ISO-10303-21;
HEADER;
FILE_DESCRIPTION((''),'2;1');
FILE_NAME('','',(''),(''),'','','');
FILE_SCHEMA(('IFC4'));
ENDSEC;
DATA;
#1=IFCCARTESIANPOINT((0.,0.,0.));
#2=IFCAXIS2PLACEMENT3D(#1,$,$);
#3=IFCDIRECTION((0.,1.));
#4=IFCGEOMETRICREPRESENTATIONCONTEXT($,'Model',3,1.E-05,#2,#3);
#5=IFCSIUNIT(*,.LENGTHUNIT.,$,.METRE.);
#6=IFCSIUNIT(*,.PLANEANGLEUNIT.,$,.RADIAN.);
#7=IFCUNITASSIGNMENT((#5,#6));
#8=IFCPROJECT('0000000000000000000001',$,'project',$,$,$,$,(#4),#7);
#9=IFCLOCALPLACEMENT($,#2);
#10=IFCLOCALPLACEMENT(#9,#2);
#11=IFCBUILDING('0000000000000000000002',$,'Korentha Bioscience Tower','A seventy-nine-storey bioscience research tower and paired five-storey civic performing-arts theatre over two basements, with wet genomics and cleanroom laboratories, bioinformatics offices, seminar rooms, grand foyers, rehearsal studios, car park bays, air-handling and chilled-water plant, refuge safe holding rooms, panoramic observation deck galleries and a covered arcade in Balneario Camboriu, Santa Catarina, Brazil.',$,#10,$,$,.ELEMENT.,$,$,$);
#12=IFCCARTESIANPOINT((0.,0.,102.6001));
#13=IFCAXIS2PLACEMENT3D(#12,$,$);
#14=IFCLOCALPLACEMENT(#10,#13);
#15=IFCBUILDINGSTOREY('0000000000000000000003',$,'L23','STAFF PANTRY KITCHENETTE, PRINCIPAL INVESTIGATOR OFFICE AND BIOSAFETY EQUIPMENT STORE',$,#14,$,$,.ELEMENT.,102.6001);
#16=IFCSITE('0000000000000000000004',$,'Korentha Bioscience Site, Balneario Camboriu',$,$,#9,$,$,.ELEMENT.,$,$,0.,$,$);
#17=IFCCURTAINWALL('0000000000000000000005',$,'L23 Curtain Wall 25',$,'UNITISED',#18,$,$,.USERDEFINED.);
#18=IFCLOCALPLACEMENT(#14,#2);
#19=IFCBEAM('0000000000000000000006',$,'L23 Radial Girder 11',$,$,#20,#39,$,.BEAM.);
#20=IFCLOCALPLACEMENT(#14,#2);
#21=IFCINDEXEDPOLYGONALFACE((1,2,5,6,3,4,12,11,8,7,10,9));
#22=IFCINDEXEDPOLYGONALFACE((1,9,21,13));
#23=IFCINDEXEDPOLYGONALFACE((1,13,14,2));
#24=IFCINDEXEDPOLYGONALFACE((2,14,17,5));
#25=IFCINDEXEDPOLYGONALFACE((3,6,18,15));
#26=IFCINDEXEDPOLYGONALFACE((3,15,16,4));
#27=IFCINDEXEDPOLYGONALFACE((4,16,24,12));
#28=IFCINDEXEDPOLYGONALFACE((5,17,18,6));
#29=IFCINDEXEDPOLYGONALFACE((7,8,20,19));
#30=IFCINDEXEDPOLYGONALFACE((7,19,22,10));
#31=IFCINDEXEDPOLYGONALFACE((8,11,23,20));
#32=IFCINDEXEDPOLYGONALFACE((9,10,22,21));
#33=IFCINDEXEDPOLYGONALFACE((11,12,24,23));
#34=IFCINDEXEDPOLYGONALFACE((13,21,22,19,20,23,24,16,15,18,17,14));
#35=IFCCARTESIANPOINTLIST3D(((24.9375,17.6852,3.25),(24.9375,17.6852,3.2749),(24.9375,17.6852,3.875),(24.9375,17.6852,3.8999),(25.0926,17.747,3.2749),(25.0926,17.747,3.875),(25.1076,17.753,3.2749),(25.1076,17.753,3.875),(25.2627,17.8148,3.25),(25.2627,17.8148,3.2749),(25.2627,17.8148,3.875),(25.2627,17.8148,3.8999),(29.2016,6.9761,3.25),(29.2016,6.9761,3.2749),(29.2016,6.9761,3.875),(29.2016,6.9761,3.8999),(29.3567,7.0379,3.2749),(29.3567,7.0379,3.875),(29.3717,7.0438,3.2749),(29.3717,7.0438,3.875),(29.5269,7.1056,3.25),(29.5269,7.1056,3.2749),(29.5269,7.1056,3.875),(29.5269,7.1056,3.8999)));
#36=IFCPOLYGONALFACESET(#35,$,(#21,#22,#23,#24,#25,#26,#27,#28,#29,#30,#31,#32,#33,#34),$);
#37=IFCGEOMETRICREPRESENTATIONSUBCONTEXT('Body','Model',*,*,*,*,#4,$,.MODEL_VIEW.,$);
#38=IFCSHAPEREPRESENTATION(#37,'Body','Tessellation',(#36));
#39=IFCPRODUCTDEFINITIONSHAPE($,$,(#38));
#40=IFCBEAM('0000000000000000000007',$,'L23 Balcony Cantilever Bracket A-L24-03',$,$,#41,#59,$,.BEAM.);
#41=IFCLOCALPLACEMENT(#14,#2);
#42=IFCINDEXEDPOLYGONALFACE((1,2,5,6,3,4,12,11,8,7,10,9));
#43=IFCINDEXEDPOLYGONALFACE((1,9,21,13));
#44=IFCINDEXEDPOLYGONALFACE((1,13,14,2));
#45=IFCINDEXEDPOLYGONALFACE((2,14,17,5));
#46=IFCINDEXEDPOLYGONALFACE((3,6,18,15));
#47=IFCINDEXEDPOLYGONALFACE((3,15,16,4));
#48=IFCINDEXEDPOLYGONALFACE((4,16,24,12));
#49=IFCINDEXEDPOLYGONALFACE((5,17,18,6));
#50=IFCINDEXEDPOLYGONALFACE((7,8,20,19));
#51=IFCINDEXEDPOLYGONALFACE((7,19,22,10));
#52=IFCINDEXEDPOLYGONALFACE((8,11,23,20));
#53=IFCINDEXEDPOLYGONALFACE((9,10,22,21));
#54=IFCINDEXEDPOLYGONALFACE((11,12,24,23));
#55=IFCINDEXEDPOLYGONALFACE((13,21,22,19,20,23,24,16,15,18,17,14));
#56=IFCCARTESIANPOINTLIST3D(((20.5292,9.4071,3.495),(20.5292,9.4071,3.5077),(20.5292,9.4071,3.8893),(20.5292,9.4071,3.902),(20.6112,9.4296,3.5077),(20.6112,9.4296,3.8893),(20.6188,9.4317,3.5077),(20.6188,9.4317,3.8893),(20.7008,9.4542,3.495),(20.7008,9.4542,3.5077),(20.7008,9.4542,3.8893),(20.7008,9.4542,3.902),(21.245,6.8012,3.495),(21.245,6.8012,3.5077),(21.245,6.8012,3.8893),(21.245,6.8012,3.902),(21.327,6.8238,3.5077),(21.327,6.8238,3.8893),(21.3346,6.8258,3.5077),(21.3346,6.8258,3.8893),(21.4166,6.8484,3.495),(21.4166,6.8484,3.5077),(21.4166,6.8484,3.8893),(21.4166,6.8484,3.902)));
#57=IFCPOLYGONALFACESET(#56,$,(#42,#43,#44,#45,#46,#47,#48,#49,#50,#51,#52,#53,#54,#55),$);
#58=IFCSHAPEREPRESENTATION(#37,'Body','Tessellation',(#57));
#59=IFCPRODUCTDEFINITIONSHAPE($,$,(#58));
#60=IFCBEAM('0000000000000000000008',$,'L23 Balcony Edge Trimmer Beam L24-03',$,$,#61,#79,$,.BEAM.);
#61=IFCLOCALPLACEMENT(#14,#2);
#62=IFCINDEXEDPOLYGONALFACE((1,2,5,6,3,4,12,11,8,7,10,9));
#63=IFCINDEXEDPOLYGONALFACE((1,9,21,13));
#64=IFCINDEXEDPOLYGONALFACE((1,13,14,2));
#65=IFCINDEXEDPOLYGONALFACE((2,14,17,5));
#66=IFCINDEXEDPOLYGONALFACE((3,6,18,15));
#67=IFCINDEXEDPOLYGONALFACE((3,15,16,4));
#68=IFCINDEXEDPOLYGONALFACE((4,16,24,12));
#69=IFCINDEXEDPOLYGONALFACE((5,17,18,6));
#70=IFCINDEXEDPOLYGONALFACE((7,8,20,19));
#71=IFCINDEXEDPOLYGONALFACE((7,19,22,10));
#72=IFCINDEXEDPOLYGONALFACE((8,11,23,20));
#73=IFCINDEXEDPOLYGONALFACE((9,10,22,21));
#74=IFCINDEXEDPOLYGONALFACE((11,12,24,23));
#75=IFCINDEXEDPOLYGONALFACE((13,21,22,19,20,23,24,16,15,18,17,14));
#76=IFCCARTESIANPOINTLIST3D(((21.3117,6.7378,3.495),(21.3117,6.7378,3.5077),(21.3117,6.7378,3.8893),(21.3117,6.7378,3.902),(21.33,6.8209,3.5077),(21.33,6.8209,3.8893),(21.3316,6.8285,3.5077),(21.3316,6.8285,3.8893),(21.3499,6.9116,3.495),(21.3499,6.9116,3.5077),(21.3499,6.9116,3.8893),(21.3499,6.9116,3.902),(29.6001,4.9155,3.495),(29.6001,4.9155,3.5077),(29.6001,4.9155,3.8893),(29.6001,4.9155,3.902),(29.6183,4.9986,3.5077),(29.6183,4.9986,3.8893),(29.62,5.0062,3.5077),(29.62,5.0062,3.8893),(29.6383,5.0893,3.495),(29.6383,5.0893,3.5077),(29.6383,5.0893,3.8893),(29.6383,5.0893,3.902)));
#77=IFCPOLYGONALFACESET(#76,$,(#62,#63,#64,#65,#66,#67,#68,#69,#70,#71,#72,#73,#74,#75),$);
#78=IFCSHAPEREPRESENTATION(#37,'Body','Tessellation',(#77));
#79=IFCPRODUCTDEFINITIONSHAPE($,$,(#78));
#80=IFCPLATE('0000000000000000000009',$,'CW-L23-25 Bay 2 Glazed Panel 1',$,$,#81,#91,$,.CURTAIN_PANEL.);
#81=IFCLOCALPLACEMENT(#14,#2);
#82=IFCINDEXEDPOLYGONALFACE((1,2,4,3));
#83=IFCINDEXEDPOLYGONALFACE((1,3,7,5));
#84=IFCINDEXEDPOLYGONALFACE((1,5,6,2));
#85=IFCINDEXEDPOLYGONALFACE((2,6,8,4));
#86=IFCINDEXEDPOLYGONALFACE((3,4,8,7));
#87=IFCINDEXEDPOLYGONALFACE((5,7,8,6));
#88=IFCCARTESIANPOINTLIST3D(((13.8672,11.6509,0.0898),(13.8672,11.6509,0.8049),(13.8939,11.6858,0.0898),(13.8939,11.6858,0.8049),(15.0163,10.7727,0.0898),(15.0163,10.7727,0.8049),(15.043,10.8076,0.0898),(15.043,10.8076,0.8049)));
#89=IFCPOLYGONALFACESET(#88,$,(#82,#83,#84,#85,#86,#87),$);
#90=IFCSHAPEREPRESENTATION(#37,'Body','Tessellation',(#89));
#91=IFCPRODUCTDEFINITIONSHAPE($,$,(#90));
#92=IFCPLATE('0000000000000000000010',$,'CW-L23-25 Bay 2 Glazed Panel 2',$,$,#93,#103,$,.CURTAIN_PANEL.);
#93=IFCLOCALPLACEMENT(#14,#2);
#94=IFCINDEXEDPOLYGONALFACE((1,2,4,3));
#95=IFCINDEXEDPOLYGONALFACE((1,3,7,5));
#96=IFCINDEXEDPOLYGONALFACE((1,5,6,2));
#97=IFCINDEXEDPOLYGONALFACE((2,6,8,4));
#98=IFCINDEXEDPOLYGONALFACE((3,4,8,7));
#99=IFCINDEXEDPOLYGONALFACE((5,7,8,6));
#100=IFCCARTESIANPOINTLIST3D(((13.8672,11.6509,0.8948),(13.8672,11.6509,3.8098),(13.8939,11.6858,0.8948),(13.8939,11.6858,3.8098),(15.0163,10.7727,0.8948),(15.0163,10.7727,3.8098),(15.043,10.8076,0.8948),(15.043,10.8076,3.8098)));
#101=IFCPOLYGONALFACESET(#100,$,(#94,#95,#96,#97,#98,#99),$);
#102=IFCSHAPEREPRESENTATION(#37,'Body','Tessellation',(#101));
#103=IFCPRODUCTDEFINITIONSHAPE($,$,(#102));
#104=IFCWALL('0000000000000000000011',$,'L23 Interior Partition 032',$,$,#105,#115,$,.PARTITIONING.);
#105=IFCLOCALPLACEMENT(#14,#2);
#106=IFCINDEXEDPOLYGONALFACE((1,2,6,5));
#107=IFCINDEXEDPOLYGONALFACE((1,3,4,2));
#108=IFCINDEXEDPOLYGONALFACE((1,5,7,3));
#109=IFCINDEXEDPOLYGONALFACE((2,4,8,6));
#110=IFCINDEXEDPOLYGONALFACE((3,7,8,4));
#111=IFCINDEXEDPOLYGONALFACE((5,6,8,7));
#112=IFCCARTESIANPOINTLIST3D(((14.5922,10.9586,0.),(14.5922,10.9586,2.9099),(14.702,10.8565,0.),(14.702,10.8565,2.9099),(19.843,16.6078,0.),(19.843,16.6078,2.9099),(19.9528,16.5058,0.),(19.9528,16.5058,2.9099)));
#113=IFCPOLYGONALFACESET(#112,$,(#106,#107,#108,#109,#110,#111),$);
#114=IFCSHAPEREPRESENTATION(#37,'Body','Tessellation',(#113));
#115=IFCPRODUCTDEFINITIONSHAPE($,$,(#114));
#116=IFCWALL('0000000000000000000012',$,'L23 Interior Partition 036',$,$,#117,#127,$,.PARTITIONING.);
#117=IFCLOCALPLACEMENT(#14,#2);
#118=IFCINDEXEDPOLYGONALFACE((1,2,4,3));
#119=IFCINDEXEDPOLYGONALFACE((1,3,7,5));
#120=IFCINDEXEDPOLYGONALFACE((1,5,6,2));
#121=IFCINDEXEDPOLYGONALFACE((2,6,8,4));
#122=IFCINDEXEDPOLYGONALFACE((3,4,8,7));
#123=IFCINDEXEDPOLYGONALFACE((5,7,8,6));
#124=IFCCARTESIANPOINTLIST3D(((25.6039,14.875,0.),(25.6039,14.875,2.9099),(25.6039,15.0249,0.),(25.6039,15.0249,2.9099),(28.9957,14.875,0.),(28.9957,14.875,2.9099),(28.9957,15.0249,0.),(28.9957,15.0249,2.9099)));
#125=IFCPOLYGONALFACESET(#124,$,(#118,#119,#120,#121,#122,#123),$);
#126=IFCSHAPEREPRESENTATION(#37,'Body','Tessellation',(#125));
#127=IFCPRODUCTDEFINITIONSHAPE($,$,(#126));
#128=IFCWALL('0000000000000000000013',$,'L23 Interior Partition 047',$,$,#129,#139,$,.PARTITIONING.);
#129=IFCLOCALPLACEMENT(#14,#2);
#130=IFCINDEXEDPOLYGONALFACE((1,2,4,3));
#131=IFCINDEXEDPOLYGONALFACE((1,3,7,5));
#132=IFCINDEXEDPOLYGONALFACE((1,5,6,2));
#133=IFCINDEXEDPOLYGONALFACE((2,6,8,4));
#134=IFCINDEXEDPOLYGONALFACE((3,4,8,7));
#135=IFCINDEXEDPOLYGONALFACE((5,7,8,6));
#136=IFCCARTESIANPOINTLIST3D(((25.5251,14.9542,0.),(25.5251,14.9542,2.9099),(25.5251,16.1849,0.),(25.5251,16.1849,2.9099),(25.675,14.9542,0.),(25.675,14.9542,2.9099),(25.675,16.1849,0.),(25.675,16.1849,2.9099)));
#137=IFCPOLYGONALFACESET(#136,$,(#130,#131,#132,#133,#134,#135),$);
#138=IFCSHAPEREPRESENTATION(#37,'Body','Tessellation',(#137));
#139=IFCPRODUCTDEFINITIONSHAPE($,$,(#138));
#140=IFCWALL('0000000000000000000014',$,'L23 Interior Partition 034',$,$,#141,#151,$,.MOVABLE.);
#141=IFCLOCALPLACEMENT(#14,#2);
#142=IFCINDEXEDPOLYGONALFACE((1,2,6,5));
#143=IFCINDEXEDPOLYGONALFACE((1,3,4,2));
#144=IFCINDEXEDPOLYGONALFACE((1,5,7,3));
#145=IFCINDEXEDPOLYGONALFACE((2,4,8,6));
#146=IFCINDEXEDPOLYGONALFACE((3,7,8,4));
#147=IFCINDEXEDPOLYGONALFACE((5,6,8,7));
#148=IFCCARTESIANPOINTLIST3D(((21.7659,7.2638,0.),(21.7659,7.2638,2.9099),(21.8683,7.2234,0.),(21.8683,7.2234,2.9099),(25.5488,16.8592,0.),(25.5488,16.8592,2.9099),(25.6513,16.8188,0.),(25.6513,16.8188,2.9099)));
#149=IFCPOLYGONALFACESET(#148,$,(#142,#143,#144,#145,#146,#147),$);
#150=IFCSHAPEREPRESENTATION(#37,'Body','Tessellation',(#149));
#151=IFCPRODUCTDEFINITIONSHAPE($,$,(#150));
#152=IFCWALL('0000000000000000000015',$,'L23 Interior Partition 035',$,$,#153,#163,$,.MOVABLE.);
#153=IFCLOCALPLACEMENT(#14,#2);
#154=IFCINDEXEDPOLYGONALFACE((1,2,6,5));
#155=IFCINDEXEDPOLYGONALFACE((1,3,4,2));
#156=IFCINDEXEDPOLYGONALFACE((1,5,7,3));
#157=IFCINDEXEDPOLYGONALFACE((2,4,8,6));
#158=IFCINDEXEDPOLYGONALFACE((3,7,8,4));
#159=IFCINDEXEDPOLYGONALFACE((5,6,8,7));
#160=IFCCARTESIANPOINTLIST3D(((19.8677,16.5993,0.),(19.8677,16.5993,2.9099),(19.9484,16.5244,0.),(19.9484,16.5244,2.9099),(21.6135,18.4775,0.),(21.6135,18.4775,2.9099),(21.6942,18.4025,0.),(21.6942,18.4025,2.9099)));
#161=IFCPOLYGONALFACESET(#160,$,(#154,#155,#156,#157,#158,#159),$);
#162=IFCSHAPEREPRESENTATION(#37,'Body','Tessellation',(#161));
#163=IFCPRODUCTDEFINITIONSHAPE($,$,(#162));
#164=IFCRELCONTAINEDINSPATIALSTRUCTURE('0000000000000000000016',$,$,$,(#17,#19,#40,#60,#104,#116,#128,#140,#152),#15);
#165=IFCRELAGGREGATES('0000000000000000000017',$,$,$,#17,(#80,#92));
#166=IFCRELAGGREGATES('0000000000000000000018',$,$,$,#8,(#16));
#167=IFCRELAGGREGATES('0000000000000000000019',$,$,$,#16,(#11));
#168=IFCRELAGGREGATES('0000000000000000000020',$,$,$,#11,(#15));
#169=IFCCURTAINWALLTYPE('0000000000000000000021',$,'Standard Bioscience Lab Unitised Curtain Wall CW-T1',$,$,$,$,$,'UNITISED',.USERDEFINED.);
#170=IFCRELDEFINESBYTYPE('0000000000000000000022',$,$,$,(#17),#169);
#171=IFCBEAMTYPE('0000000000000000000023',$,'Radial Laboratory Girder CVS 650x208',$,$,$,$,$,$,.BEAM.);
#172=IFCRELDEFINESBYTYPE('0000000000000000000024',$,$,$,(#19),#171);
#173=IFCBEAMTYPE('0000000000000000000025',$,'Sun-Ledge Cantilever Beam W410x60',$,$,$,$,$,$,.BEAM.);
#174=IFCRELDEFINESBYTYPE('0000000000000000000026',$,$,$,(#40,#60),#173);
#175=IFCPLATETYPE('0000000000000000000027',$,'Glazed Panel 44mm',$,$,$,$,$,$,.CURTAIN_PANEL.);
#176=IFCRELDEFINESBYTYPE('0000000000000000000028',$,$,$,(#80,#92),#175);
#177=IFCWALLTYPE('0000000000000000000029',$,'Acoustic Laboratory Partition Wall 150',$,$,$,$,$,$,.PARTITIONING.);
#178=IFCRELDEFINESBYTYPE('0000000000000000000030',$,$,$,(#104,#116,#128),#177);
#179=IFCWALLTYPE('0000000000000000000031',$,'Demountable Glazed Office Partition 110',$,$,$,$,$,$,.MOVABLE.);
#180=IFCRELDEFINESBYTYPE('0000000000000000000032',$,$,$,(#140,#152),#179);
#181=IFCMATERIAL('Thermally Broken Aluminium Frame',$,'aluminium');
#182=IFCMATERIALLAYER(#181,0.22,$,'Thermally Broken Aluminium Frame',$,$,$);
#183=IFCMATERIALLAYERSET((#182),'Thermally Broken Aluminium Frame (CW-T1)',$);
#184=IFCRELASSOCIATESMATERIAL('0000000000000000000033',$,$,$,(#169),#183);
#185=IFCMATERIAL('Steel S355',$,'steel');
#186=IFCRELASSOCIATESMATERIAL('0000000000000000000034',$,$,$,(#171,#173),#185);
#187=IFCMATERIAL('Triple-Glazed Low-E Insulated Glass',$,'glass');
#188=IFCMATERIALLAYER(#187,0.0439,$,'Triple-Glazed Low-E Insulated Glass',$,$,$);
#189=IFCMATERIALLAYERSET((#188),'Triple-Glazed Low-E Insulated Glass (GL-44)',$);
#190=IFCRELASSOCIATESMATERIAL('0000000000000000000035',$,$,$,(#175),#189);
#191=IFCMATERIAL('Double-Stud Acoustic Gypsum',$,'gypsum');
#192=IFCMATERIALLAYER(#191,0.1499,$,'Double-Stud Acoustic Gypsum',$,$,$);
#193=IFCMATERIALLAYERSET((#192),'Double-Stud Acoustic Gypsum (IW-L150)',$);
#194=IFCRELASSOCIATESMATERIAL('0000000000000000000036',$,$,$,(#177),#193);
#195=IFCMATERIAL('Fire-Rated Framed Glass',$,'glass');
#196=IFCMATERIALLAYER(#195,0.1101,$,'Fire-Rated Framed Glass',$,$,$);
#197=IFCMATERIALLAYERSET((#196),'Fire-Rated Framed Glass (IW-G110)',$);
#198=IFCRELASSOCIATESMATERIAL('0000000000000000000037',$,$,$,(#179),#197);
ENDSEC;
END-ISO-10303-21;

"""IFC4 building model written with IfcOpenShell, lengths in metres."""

from ifc_helpers import new_model, si_unit, direction, frame, frame_2d, origin, origin_2d, place, context, subcontext, project, spatial, rectangle, i_section, extrude, material, layer, layer_set, material_profile, profile_set, type_object, element, aggregate, save


model = new_model("IFC4")

# Units and contexts
model_context = context("Model", 3, precision=1e-05, world=origin(), true_north=direction((0.0, 1.0)))
body_context = subcontext(model_context, "Body", "Model", "MODEL_VIEW")
ifc_project = project(units=[si_unit("LENGTHUNIT", "METRE"), si_unit("PLANEANGLEUNIT", "RADIAN")], contexts=[model_context])

# Site, building, storey
site_placement = place(None, origin())
site = spatial("IfcSite", under=ifc_project, at=site_placement, Name="Korentha Bioscience Site, Balneario Camboriu", CompositionType="ELEMENT", RefElevation=0.0)
building_placement = place(site_placement, origin())
building = spatial("IfcBuilding", under=site, at=building_placement, Name="Korentha Bioscience Tower", Description="A seventy-nine-storey bioscience research tower and paired five-storey civic performing-arts theatre over two basements, with wet genomics and cleanroom laboratories, bioinformatics offices, seminar rooms, grand foyers, rehearsal studios, car park bays, air-handling and chilled-water plant, refuge safe holding rooms, panoramic observation deck galleries and a covered arcade in Balneario Camboriu, Santa Catarina, Brazil.", CompositionType="ELEMENT")
storey_placement = place(building_placement, frame((0.0, 0.0, 102.6001)))
storey = spatial("IfcBuildingStorey", under=building, at=storey_placement, Name="L23", Description="STAFF PANTRY KITCHENETTE, PRINCIPAL INVESTIGATOR OFFICE AND BIOSAFETY EQUIPMENT STORE", CompositionType="ELEMENT", Elevation=102.6001)

# Curtain wall
ifc_material_1 = material(Name="Thermally Broken Aluminium Frame", Category="aluminium")
ifc_layer_1 = layer(ifc_material_1, 0.22, Name="Thermally Broken Aluminium Frame")
ifc_layer_set_1 = layer_set([ifc_layer_1], Name="Thermally Broken Aluminium Frame (CW-T1)")
curtain_wall_type = type_object("IfcCurtainWallType", Name="Standard Bioscience Lab Unitised Curtain Wall CW-T1", ElementType="UNITISED", PredefinedType="USERDEFINED", material=ifc_layer_set_1)
curtain_wall_placement = place(storey_placement, origin())
curtain_wall = element("IfcCurtainWall", 1, at=curtain_wall_placement, inside=storey, type_object=curtain_wall_type, Name="L23 Curtain Wall 25", ObjectType="UNITISED", PredefinedType="USERDEFINED")

# Beams
ifc_material_2 = material(Name="Steel S355", Category="steel")
ifc_material_profile_1 = material_profile(ifc_material_2, i_section(OverallWidth=0.3501, OverallDepth=0.6499, WebThickness=0.0161, FlangeThickness=0.0249, at=origin_2d()), Name="Steel S355")
ifc_profile_set_1 = profile_set([ifc_material_profile_1], Name="Steel S355 (RB-650)")
beam_type_1 = type_object("IfcBeamType", Name="Radial Laboratory Girder CVS 650x208", PredefinedType="BEAM", material=ifc_profile_set_1)
beam_1_placement = place(storey_placement, frame((25.1001, 17.75, 3.575), z_axis=(0.36993, -0.92906, 0.0), x_axis=(0.92906, 0.36993, 0.0)))
element("IfcBeam", 2, at=beam_1_placement, inside=storey, type_object=beam_type_1, Name="L23 Radial Girder 11", PredefinedType="BEAM", context=body_context, shape_type="SweptSolid", body=[
    extrude(i_section(OverallWidth=0.3501, OverallDepth=0.6499, WebThickness=0.0161, FlangeThickness=0.0249, at=origin_2d()), origin(), (0.0, 0.0, 1.0), 11.5269),
])
ifc_material_profile_2 = material_profile(ifc_material_2, i_section(OverallWidth=0.178, OverallDepth=0.407, WebThickness=0.0078, FlangeThickness=0.0127, at=origin_2d()), Name="Steel S355")
ifc_profile_set_2 = profile_set([ifc_material_profile_2], Name="Steel S355 (CB-410)")
beam_type_2 = type_object("IfcBeamType", Name="Sun-Ledge Cantilever Beam W410x60", PredefinedType="BEAM", material=ifc_profile_set_2)
beam_2_placement = place(storey_placement, frame((20.615, 9.4307, 3.6985), z_axis=(0.264875, -0.964283, 0.0), x_axis=(0.964283, 0.264875, 0.0)))
element("IfcBeam", 3, at=beam_2_placement, inside=storey, type_object=beam_type_2, Name="L23 Balcony Cantilever Bracket A-L24-03", PredefinedType="BEAM", context=body_context, shape_type="SweptSolid", body=[
    extrude(i_section(OverallWidth=0.178, OverallDepth=0.407, WebThickness=0.0078, FlangeThickness=0.0127, at=origin_2d()), origin(), (0.0, 0.0, 1.0), 2.7024),
])
beam_3_placement = place(storey_placement, frame((21.3308, 6.8247, 3.6985), z_axis=(0.976673, -0.214731, 0.0), x_axis=(0.214731, 0.976673, 0.0)))
element("IfcBeam", 4, at=beam_3_placement, inside=storey, type_object=beam_type_2, Name="L23 Balcony Edge Trimmer Beam L24-03", PredefinedType="BEAM", context=body_context, shape_type="SweptSolid", body=[
    extrude(i_section(OverallWidth=0.178, OverallDepth=0.407, WebThickness=0.0078, FlangeThickness=0.0127, at=origin_2d()), origin(), (0.0, 0.0, 1.0), 8.4863),
])

# Plates
ifc_material_3 = material(Name="Triple-Glazed Low-E Insulated Glass", Category="glass")
ifc_layer_2 = layer(ifc_material_3, 0.0439, Name="Triple-Glazed Low-E Insulated Glass")
ifc_layer_set_2 = layer_set([ifc_layer_2], Name="Triple-Glazed Low-E Insulated Glass (GL-44)")
plate_type = type_object("IfcPlateType", Name="Glazed Panel 44mm", PredefinedType="CURTAIN_PANEL", material=ifc_layer_set_2)
plate_1_placement = place(storey_placement, frame((14.4551, 11.2292, 0.0898), z_axis=(0.0, 0.0, 1.0), x_axis=(0.7945, -0.607265, 0.0)))
plate_1 = element("IfcPlate", 5, at=plate_1_placement, type_object=plate_type, Name="CW-L23-25 Bay 2 Glazed Panel 1", PredefinedType="CURTAIN_PANEL", context=body_context, shape_type="SweptSolid", body=[
    extrude(rectangle(XDim=1.4463, YDim=0.0439, at=origin_2d()), origin(), (0.0, 0.0, 1.0), 0.7151),
])
plate_2_placement = place(storey_placement, frame((14.4551, 11.2292, 0.8948), z_axis=(0.0, 0.0, 1.0), x_axis=(0.7945, -0.607265, 0.0)))
plate_2 = element("IfcPlate", 6, at=plate_2_placement, type_object=plate_type, Name="CW-L23-25 Bay 2 Glazed Panel 2", PredefinedType="CURTAIN_PANEL", context=body_context, shape_type="SweptSolid", body=[
    extrude(rectangle(XDim=1.4463, YDim=0.0439, at=origin_2d()), origin(), (0.0, 0.0, 1.0), 2.915),
])
aggregate(curtain_wall, [plate_1, plate_2])

# Walls
ifc_material_4 = material(Name="Double-Stud Acoustic Gypsum", Category="gypsum")
ifc_layer_3 = layer(ifc_material_4, 0.1499, Name="Double-Stud Acoustic Gypsum")
ifc_layer_set_3 = layer_set([ifc_layer_3], Name="Double-Stud Acoustic Gypsum (IW-L150)")
wall_type_1 = type_object("IfcWallType", Name="Acoustic Laboratory Partition Wall 150", PredefinedType="PARTITIONING", material=ifc_layer_set_3)
wall_1_placement = place(storey_placement, frame((19.8979, 16.5569, 0.0), z_axis=(0.0, 0.0, 1.0), x_axis=(-0.680804, -0.732465, 0.0)))
element("IfcWall", 7, at=wall_1_placement, inside=storey, type_object=wall_type_1, Name="L23 Interior Partition 032", PredefinedType="PARTITIONING", context=body_context, shape_type="SweptSolid", body=[
    extrude(rectangle(XDim=7.7126, YDim=0.1499, at=frame_2d((3.8564, 0.0))), origin(), (0.0, 0.0, 1.0), 2.9099),
])
wall_2_placement = place(storey_placement, frame((25.604, 14.95, 0.0), z_axis=(0.0, 0.0, 1.0), x_axis=(1.0, 0.0, 0.0)))
element("IfcWall", 8, at=wall_2_placement, inside=storey, type_object=wall_type_1, Name="L23 Interior Partition 036", PredefinedType="PARTITIONING", context=body_context, shape_type="SweptSolid", body=[
    extrude(rectangle(XDim=3.3918, YDim=0.1499, at=frame_2d((1.6958, 0.0))), origin(), (0.0, 0.0, 1.0), 2.9099),
])
wall_3_placement = place(storey_placement, frame((25.6001, 16.1848, 0.0), z_axis=(0.0, 0.0, 1.0), x_axis=(0.0, -1.0, 0.0)))
element("IfcWall", 9, at=wall_3_placement, inside=storey, type_object=wall_type_1, Name="L23 Interior Partition 047", PredefinedType="PARTITIONING", context=body_context, shape_type="SweptSolid", body=[
    extrude(rectangle(XDim=1.2307, YDim=0.1499, at=frame_2d((0.6152, 0.0))), origin(), (0.0, 0.0, 1.0), 2.9099),
])
ifc_material_5 = material(Name="Fire-Rated Framed Glass", Category="glass")
ifc_layer_4 = layer(ifc_material_5, 0.1101, Name="Fire-Rated Framed Glass")
ifc_layer_set_4 = layer_set([ifc_layer_4], Name="Fire-Rated Framed Glass (IW-G110)")
wall_type_2 = type_object("IfcWallType", Name="Demountable Glazed Office Partition 110", PredefinedType="MOVABLE", material=ifc_layer_set_4)
wall_4_placement = place(storey_placement, frame((25.6001, 16.8391, 0.0), z_axis=(0.0, 0.0, 1.0), x_axis=(-0.36677, -0.930311, 0.0)))
element("IfcWall", 10, at=wall_4_placement, inside=storey, type_object=wall_type_2, Name="L23 Interior Partition 034", PredefinedType="MOVABLE", context=body_context, shape_type="SweptSolid", body=[
    extrude(rectangle(XDim=10.3142, YDim=0.1101, at=frame_2d((5.1572, 0.0))), origin(), (0.0, 0.0, 1.0), 2.9099),
])
wall_5_placement = place(storey_placement, frame((19.908, 16.5618, 0.0), z_axis=(0.0, 0.0, 1.0), x_axis=(0.680834, 0.732437, 0.0)))
element("IfcWall", 11, at=wall_5_placement, inside=storey, type_object=wall_type_2, Name="L23 Interior Partition 035", PredefinedType="MOVABLE", context=body_context, shape_type="SweptSolid", body=[
    extrude(rectangle(XDim=2.5642, YDim=0.1101, at=frame_2d((1.2822, 0.0))), origin(), (0.0, 0.0, 1.0), 2.9099),
])

save(model, "model.ifc")
